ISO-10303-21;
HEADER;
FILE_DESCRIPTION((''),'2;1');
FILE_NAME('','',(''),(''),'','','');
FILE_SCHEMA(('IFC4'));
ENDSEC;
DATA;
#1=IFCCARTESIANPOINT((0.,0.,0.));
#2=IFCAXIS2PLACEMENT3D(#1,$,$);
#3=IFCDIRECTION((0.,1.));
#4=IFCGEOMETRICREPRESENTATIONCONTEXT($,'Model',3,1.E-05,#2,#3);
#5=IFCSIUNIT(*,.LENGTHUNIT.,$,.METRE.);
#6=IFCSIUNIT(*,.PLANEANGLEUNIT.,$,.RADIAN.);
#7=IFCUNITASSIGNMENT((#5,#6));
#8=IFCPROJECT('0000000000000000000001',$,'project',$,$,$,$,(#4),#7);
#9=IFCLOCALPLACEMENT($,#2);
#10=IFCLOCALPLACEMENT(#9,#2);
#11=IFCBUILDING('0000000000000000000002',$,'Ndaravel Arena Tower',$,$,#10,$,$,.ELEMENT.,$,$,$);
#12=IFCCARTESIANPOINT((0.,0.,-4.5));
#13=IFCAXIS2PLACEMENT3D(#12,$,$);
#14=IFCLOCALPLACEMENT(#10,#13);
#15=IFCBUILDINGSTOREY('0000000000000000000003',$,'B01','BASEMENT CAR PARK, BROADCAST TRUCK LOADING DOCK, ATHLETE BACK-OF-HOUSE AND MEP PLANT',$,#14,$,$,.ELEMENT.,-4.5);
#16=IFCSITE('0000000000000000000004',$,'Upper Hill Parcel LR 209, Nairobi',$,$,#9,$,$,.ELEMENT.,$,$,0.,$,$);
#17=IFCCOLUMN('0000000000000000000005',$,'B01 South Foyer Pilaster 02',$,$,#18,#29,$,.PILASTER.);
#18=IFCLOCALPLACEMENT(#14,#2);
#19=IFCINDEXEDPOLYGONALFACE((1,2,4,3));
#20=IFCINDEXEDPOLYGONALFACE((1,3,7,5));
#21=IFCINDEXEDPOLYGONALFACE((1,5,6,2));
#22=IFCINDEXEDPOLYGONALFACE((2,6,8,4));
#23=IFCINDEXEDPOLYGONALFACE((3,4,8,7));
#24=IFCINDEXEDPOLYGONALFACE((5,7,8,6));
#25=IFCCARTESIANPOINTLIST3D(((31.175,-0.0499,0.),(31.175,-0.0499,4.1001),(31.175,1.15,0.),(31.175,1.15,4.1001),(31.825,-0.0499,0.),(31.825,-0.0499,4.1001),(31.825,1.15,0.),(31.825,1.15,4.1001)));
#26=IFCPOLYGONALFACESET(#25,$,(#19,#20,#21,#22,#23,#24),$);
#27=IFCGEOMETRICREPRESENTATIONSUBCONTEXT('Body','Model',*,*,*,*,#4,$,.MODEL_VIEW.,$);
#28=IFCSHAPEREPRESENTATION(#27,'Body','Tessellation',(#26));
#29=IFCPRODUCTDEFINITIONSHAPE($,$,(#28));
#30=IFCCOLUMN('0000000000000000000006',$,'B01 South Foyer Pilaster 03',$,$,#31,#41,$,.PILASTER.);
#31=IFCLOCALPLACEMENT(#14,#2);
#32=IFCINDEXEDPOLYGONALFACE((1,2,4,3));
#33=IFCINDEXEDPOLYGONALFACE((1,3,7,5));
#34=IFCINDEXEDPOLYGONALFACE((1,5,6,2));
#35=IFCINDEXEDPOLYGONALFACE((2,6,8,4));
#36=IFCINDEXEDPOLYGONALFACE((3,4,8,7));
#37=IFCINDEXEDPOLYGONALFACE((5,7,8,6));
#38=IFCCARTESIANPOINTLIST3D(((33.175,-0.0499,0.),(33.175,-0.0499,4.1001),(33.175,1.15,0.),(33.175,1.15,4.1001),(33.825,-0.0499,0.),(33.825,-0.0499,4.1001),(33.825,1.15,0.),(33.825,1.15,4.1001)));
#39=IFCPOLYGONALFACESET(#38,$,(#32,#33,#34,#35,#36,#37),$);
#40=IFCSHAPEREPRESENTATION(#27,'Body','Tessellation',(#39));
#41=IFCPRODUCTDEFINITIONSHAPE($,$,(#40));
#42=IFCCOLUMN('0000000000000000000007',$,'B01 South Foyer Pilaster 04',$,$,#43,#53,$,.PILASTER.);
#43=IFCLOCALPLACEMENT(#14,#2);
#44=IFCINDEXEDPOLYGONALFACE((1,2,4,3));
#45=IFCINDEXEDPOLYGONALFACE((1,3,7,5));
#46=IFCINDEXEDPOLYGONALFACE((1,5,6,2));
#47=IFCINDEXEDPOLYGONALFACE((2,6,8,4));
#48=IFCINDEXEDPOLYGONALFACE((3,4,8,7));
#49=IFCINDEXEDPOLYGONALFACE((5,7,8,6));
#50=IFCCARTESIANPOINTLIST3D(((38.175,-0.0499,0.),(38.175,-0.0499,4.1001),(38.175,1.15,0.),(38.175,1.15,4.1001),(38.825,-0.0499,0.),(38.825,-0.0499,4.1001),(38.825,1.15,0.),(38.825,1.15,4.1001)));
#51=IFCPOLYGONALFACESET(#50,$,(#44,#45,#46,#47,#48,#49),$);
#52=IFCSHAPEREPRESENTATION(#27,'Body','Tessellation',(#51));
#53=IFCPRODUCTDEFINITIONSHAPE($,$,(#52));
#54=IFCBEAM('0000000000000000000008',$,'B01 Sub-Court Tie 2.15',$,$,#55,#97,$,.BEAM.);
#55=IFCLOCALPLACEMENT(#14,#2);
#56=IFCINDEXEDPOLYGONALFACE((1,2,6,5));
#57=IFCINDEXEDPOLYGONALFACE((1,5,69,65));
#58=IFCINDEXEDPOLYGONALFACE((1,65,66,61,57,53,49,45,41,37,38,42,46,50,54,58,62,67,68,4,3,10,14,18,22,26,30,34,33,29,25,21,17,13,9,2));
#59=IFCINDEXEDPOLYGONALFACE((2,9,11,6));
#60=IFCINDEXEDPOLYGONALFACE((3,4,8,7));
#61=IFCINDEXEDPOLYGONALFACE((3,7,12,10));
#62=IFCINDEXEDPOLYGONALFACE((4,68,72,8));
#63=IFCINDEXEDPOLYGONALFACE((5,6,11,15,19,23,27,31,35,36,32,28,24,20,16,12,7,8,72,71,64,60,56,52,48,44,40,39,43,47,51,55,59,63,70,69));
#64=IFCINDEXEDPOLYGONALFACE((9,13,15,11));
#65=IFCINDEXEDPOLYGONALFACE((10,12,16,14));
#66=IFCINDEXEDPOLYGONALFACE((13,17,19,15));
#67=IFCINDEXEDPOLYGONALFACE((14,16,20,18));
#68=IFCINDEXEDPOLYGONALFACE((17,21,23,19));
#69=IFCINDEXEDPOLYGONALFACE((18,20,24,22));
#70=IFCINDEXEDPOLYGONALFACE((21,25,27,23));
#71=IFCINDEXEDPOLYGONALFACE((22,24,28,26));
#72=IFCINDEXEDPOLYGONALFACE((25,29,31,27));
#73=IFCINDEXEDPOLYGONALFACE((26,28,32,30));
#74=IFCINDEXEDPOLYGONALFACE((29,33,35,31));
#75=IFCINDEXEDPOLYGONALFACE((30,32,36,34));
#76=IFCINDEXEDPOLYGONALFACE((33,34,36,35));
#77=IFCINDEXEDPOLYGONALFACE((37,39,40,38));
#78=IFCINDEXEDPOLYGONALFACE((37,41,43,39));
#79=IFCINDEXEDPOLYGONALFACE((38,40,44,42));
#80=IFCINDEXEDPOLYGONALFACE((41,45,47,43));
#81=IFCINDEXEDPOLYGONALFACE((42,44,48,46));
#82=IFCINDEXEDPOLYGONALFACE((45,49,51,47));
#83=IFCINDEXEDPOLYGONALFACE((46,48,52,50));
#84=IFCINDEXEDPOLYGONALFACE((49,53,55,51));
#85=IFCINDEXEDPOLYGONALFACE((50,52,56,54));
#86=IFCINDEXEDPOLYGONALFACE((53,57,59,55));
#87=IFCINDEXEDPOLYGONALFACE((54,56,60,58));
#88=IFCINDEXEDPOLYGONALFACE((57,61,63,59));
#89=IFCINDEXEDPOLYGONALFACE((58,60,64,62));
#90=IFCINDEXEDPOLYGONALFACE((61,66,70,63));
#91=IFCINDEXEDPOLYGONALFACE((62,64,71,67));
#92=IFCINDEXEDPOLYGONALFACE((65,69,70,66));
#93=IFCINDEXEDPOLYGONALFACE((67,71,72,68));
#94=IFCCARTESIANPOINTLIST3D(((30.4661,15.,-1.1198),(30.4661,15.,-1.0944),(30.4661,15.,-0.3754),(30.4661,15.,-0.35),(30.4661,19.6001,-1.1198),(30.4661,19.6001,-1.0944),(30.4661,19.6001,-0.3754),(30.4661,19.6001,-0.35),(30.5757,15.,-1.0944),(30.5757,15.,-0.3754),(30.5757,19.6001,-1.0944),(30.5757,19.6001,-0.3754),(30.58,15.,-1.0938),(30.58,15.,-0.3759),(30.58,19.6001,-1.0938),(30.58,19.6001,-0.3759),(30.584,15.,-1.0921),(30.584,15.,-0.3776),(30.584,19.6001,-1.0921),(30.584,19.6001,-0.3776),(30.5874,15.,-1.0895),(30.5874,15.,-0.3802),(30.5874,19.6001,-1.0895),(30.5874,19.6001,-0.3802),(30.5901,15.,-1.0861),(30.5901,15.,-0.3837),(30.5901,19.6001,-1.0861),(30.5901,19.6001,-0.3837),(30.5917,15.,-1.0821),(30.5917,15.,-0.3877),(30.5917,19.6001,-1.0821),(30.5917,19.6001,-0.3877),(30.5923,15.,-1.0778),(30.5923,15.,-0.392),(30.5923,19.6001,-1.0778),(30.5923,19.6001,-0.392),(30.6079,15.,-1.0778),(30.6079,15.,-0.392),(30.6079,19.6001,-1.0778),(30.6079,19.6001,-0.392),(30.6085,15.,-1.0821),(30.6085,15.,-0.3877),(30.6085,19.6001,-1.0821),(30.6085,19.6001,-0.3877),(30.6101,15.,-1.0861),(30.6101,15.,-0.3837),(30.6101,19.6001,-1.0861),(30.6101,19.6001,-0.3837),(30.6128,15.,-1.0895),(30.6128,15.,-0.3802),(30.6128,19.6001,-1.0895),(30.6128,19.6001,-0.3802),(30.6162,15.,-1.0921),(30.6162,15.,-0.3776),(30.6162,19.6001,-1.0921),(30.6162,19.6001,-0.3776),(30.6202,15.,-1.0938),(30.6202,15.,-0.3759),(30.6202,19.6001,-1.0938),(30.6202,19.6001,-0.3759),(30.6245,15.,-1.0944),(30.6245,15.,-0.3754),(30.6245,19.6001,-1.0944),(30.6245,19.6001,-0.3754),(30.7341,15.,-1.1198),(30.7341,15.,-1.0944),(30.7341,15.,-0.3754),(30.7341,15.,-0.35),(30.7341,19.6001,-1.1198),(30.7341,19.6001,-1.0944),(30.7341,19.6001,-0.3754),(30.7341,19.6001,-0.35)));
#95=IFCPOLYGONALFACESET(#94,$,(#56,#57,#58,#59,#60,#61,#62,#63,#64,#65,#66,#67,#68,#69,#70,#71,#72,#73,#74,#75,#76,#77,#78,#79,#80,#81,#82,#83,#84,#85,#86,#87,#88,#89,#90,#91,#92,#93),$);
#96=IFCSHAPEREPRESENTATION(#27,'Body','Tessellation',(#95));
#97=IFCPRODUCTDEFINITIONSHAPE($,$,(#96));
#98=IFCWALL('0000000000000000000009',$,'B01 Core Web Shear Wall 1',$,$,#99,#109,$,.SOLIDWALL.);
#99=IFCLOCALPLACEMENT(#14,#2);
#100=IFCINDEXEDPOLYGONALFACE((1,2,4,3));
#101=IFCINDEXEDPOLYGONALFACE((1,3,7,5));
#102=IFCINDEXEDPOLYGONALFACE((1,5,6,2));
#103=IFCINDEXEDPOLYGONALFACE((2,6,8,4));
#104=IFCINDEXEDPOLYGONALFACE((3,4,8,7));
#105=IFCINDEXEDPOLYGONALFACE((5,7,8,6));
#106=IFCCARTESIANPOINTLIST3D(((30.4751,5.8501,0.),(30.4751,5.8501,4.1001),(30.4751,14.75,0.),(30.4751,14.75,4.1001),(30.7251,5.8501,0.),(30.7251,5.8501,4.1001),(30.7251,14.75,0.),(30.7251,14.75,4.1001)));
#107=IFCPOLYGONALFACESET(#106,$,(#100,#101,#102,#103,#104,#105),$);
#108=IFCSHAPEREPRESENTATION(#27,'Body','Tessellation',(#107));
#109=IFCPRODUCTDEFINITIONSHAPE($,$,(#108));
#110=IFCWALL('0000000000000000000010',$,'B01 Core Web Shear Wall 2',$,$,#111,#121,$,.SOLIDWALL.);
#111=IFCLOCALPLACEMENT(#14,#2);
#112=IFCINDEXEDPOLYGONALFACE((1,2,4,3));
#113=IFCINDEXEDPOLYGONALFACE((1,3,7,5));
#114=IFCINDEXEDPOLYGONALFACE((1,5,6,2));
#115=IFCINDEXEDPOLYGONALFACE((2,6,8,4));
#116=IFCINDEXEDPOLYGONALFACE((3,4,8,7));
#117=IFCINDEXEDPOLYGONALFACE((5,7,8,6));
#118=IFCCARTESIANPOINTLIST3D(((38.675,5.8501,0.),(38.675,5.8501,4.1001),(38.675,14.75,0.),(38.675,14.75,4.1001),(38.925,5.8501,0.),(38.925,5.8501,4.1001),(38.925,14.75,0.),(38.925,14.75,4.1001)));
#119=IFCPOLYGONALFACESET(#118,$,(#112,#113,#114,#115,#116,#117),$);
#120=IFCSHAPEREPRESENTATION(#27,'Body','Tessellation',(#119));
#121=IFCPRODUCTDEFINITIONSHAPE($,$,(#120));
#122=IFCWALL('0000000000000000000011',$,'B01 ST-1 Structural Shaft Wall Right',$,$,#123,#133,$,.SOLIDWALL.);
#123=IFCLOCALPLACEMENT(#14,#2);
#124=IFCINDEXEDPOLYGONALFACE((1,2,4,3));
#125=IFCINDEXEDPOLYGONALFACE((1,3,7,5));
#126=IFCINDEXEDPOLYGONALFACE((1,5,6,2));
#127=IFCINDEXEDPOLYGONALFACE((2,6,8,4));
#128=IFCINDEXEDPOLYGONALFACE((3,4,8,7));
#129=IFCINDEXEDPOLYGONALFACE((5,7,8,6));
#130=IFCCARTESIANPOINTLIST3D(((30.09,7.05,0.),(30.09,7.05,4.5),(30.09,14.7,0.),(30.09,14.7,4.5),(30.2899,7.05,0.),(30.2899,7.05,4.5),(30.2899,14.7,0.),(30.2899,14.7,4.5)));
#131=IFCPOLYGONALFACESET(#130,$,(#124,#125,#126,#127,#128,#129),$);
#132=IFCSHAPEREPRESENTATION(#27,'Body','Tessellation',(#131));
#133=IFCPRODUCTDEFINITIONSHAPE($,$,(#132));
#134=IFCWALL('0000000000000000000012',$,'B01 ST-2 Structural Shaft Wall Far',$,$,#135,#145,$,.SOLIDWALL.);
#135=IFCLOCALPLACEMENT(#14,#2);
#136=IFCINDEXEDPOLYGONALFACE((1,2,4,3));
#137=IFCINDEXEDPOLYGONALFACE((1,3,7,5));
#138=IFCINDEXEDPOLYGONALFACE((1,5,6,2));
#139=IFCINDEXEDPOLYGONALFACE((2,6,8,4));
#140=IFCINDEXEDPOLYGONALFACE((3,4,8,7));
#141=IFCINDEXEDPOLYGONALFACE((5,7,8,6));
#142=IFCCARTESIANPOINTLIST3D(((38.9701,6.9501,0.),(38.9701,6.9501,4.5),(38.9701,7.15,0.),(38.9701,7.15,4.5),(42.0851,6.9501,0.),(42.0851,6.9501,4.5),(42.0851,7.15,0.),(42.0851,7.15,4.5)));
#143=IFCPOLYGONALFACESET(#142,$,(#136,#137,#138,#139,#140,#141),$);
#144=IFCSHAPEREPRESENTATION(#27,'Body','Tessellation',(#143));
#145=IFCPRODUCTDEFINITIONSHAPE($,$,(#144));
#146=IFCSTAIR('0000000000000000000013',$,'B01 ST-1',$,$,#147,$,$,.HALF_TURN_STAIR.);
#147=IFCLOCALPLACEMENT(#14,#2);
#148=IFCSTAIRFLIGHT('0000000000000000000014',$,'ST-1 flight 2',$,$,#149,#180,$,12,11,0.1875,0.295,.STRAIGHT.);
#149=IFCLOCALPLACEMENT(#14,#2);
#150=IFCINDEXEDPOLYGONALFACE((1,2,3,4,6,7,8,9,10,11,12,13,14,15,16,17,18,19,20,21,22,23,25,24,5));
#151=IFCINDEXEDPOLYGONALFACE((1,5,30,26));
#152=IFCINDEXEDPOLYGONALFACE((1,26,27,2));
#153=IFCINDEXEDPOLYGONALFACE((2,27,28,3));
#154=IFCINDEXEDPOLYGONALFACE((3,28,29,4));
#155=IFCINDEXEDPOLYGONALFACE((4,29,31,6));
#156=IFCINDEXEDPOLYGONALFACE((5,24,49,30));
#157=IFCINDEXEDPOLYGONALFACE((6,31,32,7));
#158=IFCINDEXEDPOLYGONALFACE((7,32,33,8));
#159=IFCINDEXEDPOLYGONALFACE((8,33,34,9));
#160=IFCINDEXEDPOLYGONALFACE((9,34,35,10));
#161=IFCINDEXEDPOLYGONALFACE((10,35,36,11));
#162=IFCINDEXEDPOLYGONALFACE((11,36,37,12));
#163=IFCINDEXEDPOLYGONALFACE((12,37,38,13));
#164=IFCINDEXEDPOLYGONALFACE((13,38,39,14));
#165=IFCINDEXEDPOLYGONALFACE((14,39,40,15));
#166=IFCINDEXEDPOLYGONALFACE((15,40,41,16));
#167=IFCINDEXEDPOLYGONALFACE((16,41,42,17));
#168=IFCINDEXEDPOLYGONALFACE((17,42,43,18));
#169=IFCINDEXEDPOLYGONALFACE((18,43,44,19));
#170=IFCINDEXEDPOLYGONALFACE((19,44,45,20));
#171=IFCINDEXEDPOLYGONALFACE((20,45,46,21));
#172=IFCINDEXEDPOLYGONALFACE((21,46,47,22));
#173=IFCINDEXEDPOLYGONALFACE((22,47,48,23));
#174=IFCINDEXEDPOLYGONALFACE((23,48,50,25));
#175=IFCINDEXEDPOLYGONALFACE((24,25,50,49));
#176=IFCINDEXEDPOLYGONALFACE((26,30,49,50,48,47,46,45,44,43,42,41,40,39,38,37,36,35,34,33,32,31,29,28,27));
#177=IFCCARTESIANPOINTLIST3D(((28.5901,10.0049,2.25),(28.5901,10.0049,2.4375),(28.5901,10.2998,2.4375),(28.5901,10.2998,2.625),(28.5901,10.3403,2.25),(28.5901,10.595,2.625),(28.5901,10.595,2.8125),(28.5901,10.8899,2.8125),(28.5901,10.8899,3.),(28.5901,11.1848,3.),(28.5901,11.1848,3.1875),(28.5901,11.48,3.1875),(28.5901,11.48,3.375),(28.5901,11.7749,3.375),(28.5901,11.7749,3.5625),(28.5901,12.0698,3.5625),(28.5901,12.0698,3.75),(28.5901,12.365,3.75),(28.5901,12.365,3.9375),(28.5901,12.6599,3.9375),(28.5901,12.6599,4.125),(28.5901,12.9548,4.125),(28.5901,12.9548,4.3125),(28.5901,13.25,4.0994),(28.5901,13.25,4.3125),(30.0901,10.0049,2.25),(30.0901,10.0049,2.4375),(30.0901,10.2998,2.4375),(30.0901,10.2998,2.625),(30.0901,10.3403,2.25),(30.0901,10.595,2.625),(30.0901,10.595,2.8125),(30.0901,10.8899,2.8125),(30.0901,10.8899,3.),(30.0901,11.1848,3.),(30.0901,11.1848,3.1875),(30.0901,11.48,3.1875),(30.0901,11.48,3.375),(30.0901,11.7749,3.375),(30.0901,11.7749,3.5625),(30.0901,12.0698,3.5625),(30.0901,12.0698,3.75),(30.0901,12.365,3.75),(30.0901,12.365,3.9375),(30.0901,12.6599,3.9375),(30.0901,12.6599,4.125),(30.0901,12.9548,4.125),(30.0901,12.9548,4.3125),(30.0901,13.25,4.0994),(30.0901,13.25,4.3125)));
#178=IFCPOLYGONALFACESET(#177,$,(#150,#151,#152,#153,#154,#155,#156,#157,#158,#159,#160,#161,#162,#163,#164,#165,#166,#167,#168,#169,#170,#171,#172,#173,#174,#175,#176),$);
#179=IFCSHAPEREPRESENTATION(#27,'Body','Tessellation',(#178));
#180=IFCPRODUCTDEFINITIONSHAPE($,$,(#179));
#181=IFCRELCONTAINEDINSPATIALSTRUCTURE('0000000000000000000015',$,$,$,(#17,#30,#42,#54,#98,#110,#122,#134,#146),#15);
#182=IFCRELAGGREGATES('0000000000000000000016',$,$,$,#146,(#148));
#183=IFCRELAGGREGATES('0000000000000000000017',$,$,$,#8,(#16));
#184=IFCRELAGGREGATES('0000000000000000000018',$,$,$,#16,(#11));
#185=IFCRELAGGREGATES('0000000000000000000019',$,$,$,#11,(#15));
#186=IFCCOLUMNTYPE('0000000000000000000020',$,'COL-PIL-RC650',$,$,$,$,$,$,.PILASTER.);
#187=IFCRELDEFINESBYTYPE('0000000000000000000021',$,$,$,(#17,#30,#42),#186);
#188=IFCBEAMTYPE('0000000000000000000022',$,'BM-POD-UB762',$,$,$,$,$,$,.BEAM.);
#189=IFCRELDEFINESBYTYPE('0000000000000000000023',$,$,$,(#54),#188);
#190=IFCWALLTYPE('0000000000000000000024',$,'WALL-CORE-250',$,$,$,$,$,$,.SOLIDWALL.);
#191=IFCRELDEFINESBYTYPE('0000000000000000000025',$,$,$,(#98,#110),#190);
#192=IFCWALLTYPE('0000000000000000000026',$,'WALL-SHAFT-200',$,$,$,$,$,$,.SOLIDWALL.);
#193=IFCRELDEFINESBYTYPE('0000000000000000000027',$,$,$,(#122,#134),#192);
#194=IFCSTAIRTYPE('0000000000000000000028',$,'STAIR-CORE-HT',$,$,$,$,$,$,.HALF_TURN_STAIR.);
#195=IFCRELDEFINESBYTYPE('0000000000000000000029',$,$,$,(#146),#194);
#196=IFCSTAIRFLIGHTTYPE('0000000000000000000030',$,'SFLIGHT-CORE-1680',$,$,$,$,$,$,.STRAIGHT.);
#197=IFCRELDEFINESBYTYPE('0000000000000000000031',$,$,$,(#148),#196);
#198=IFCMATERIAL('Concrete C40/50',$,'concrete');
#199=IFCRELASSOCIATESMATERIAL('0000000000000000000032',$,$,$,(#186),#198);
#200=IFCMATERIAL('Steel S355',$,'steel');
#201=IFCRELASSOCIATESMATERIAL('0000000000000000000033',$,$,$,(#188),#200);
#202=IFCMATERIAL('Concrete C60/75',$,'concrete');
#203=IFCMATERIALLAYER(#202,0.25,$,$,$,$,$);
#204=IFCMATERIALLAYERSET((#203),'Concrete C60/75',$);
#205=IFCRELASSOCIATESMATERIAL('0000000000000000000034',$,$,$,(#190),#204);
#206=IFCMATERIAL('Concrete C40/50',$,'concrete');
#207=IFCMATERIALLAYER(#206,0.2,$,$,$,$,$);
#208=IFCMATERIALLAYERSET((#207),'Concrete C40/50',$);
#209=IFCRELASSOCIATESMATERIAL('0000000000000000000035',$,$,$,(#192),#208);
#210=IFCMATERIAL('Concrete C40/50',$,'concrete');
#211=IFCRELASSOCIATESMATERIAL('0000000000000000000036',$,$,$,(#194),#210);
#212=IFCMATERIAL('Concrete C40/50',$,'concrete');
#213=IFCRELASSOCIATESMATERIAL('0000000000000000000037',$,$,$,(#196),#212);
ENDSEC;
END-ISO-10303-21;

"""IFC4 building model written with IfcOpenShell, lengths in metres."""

from ifc_helpers import new_model, si_unit, direction, frame, frame_2d, origin, origin_2d, place, context, subcontext, project, spatial, polyline, rectangle, i_section, outline, extrude, material, layer, layer_set, material_profile, profile_set, type_object, element, aggregate, save


model = new_model("IFC4")

# Units and contexts
model_context = context("Model", 3, precision=1e-05, world=origin(), true_north=direction((0.0, 1.0)))
body_context = subcontext(model_context, "Body", "Model", "MODEL_VIEW")
ifc_project = project(units=[si_unit("LENGTHUNIT", "METRE"), si_unit("PLANEANGLEUNIT", "RADIAN")], contexts=[model_context])

# Site, building, storey
site_placement = place(None, origin())
site = spatial("IfcSite", under=ifc_project, at=site_placement, Name="Upper Hill Parcel LR 209, Nairobi", CompositionType="ELEMENT", RefElevation=0.0)
building_placement = place(site_placement, origin())
building = spatial("IfcBuilding", under=site, at=building_placement, Name="Ndaravel Arena Tower", CompositionType="ELEMENT")
storey_placement = place(building_placement, frame((0.0, 0.0, -4.5)))
storey = spatial("IfcBuildingStorey", under=building, at=storey_placement, Name="B01", Description="BASEMENT CAR PARK, BROADCAST TRUCK LOADING DOCK, ATHLETE BACK-OF-HOUSE AND MEP PLANT", CompositionType="ELEMENT", Elevation=-4.5)

# Columns
ifc_material_1 = material(Name="Concrete C40/50", Category="concrete")
ifc_material_profile_1 = material_profile(ifc_material_1, rectangle(XDim=0.6499, YDim=1.2, at=origin_2d()), Name="RC 650x1200")
ifc_profile_set_1 = profile_set([ifc_material_profile_1], Name="Concrete C40/50")
column_type = type_object("IfcColumnType", Name="COL-PIL-RC650", PredefinedType="PILASTER", material=ifc_profile_set_1)
for number, where, z_axis, x_axis, name in (
    (1, (31.5, 0.55, 0.0), (0.0, 0.0, 1.0), (1.0, 0.0, 0.0), "B01 South Foyer Pilaster 02"),
    (2, (33.5, 0.55, 0.0), (0.0, 0.0, 1.0), (1.0, 0.0, 0.0), "B01 South Foyer Pilaster 03"),
    (3, (38.5, 0.55, 0.0), (0.0, 0.0, 1.0), (1.0, 0.0, 0.0), "B01 South Foyer Pilaster 04"),
):
    element("IfcColumn", number, at=place(storey_placement, frame(where, z_axis=z_axis, x_axis=x_axis)), inside=storey, type_object=column_type, Name=name, PredefinedType="PILASTER", context=body_context, shape_type="SweptSolid", body=[
        extrude(rectangle(XDim=0.6499, YDim=1.2, at=origin_2d()), origin(), (0.0, 0.0, 1.0), 4.1001),
    ])

# Beam
ifc_material_2 = material(Name="Steel S355", Category="steel")
ifc_material_profile_2 = material_profile(ifc_material_2, i_section(OverallWidth=0.2681, OverallDepth=0.7698, WebThickness=0.0156, FlangeThickness=0.0254, FilletRadius=0.0166, at=origin_2d()), Name="UB 762x267x197")
ifc_profile_set_2 = profile_set([ifc_material_profile_2], Name="Steel S355")
beam_type = type_object("IfcBeamType", Name="BM-POD-UB762", PredefinedType="BEAM", material=ifc_profile_set_2)
beam_placement = place(storey_placement, frame((30.6001, 15.0, -0.7349), z_axis=(0.0, 1.0, 0.0), x_axis=(-1.0, 0.0, 0.0)))
element("IfcBeam", 4, at=beam_placement, inside=storey, type_object=beam_type, Name="B01 Sub-Court Tie 2.15", PredefinedType="BEAM", context=body_context, shape_type="SweptSolid", body=[
    extrude(i_section(OverallWidth=0.2681, OverallDepth=0.7698, WebThickness=0.0156, FlangeThickness=0.0254, FilletRadius=0.0166, at=origin_2d()), origin(), (0.0, 0.0, 1.0), 4.6001),
])

# Walls
ifc_material_3 = material(Name="Concrete C60/75", Category="concrete")
ifc_layer_1 = layer(ifc_material_3, 0.25)
ifc_layer_set_1 = layer_set([ifc_layer_1], Name="Concrete C60/75")
wall_type_1 = type_object("IfcWallType", Name="WALL-CORE-250", PredefinedType="SOLIDWALL", material=ifc_layer_set_1)
for number, where, z_axis, x_axis, name in (
    (5, (30.6001, 5.8501, 0.0), (0.0, 0.0, 1.0), (0.0, 1.0, 0.0), "B01 Core Web Shear Wall 1"),
    (6, (38.8, 5.8501, 0.0), (0.0, 0.0, 1.0), (0.0, 1.0, 0.0), "B01 Core Web Shear Wall 2"),
):
    element("IfcWall", number, at=place(storey_placement, frame(where, z_axis=z_axis, x_axis=x_axis)), inside=storey, type_object=wall_type_1, Name=name, PredefinedType="SOLIDWALL", context=body_context, shape_type="SweptSolid", body=[
        extrude(rectangle(XDim=8.8999, YDim=0.25, at=frame_2d((4.45, 0.0))), origin(), (0.0, 0.0, 1.0), 4.1001),
    ])
ifc_material_4 = material(Name="Concrete C40/50", Category="concrete")
ifc_layer_2 = layer(ifc_material_4, 0.2)
ifc_layer_set_2 = layer_set([ifc_layer_2], Name="Concrete C40/50")
wall_type_2 = type_object("IfcWallType", Name="WALL-SHAFT-200", PredefinedType="SOLIDWALL", material=ifc_layer_set_2)
wall_1_placement = place(storey_placement, frame((30.1899, 14.7, 0.0), z_axis=(0.0, 0.0, 1.0), x_axis=(0.0, -1.0, 0.0)))
element("IfcWall", 7, at=wall_1_placement, inside=storey, type_object=wall_type_2, Name="B01 ST-1 Structural Shaft Wall Right", PredefinedType="SOLIDWALL", context=body_context, shape_type="SweptSolid", body=[
    extrude(rectangle(XDim=7.6499, YDim=0.2, at=frame_2d((3.825, 0.0))), origin(), (0.0, 0.0, 1.0), 4.5),
])
wall_2_placement = place(storey_placement, frame((38.97, 7.05, 0.0), z_axis=(0.0, 0.0, 1.0), x_axis=(1.0, 0.0, 0.0)))
element("IfcWall", 8, at=wall_2_placement, inside=storey, type_object=wall_type_2, Name="B01 ST-2 Structural Shaft Wall Far", PredefinedType="SOLIDWALL", context=body_context, shape_type="SweptSolid", body=[
    extrude(rectangle(XDim=3.115, YDim=0.2, at=frame_2d((1.5576, 0.0))), origin(), (0.0, 0.0, 1.0), 4.5),
])

# Stair, stair flight
ifc_material_5 = material(Name="Concrete C40/50", Category="concrete")
stair_type = type_object("IfcStairType", Name="STAIR-CORE-HT", PredefinedType="HALF_TURN_STAIR", material=ifc_material_5)
stair_1_placement = place(storey_placement, origin())
stair_1 = element("IfcStair", 9, at=stair_1_placement, inside=storey, type_object=stair_type, Name="B01 ST-1", PredefinedType="HALF_TURN_STAIR")
ifc_material_6 = material(Name="Concrete C40/50", Category="concrete")
stair_flight_type = type_object("IfcStairFlightType", Name="SFLIGHT-CORE-1680", PredefinedType="STRAIGHT", material=ifc_material_6)
stair_flight_1_placement = place(storey_placement, frame((29.3401, 10.0049, 2.25), z_axis=(0.0, 0.0, 1.0), x_axis=(0.0, 1.0, 0.0)))
stair_flight_1 = element("IfcStairFlight", 10, at=stair_flight_1_placement, type_object=stair_flight_type, Name="ST-1 flight 2", NumberOfRisers=12, NumberOfTreads=11, PredefinedType="STRAIGHT", RiserHeight=0.1875, TreadLength=0.295, context=body_context, shape_type="SweptSolid", body=[
    extrude(outline(polyline([(0.0, 0.0), (0.0, 0.1875), (0.2949, 0.1875), (0.2949, 0.375), (0.5901, 0.375), (0.5901, 0.5625), (0.885, 0.5625), (0.885, 0.75), (1.1799, 0.75), (1.1799, 0.9375), (1.4751, 0.9375), (1.4751, 1.125), (1.77, 1.125), (1.77, 1.3125), (2.0649, 1.3125), (2.0649, 1.5), (2.3601, 1.5), (2.3601, 1.6875), (2.655, 1.6875), (2.655, 1.875), (2.95, 1.875), (2.95, 2.0625), (3.2451, 2.0625), (3.2451, 2.25), (3.2451, 1.8494), (0.3354, 0.0), (0.0, 0.0)])), frame((0.0, 0.75, 0.0), z_axis=(0.0, -1.0, 0.0), x_axis=(1.0, 0.0, 0.0)), (0.0, 0.0, 1.0), 1.5),
])
aggregate(stair_1, [stair_flight_1])

save(model, "model.ifc")
